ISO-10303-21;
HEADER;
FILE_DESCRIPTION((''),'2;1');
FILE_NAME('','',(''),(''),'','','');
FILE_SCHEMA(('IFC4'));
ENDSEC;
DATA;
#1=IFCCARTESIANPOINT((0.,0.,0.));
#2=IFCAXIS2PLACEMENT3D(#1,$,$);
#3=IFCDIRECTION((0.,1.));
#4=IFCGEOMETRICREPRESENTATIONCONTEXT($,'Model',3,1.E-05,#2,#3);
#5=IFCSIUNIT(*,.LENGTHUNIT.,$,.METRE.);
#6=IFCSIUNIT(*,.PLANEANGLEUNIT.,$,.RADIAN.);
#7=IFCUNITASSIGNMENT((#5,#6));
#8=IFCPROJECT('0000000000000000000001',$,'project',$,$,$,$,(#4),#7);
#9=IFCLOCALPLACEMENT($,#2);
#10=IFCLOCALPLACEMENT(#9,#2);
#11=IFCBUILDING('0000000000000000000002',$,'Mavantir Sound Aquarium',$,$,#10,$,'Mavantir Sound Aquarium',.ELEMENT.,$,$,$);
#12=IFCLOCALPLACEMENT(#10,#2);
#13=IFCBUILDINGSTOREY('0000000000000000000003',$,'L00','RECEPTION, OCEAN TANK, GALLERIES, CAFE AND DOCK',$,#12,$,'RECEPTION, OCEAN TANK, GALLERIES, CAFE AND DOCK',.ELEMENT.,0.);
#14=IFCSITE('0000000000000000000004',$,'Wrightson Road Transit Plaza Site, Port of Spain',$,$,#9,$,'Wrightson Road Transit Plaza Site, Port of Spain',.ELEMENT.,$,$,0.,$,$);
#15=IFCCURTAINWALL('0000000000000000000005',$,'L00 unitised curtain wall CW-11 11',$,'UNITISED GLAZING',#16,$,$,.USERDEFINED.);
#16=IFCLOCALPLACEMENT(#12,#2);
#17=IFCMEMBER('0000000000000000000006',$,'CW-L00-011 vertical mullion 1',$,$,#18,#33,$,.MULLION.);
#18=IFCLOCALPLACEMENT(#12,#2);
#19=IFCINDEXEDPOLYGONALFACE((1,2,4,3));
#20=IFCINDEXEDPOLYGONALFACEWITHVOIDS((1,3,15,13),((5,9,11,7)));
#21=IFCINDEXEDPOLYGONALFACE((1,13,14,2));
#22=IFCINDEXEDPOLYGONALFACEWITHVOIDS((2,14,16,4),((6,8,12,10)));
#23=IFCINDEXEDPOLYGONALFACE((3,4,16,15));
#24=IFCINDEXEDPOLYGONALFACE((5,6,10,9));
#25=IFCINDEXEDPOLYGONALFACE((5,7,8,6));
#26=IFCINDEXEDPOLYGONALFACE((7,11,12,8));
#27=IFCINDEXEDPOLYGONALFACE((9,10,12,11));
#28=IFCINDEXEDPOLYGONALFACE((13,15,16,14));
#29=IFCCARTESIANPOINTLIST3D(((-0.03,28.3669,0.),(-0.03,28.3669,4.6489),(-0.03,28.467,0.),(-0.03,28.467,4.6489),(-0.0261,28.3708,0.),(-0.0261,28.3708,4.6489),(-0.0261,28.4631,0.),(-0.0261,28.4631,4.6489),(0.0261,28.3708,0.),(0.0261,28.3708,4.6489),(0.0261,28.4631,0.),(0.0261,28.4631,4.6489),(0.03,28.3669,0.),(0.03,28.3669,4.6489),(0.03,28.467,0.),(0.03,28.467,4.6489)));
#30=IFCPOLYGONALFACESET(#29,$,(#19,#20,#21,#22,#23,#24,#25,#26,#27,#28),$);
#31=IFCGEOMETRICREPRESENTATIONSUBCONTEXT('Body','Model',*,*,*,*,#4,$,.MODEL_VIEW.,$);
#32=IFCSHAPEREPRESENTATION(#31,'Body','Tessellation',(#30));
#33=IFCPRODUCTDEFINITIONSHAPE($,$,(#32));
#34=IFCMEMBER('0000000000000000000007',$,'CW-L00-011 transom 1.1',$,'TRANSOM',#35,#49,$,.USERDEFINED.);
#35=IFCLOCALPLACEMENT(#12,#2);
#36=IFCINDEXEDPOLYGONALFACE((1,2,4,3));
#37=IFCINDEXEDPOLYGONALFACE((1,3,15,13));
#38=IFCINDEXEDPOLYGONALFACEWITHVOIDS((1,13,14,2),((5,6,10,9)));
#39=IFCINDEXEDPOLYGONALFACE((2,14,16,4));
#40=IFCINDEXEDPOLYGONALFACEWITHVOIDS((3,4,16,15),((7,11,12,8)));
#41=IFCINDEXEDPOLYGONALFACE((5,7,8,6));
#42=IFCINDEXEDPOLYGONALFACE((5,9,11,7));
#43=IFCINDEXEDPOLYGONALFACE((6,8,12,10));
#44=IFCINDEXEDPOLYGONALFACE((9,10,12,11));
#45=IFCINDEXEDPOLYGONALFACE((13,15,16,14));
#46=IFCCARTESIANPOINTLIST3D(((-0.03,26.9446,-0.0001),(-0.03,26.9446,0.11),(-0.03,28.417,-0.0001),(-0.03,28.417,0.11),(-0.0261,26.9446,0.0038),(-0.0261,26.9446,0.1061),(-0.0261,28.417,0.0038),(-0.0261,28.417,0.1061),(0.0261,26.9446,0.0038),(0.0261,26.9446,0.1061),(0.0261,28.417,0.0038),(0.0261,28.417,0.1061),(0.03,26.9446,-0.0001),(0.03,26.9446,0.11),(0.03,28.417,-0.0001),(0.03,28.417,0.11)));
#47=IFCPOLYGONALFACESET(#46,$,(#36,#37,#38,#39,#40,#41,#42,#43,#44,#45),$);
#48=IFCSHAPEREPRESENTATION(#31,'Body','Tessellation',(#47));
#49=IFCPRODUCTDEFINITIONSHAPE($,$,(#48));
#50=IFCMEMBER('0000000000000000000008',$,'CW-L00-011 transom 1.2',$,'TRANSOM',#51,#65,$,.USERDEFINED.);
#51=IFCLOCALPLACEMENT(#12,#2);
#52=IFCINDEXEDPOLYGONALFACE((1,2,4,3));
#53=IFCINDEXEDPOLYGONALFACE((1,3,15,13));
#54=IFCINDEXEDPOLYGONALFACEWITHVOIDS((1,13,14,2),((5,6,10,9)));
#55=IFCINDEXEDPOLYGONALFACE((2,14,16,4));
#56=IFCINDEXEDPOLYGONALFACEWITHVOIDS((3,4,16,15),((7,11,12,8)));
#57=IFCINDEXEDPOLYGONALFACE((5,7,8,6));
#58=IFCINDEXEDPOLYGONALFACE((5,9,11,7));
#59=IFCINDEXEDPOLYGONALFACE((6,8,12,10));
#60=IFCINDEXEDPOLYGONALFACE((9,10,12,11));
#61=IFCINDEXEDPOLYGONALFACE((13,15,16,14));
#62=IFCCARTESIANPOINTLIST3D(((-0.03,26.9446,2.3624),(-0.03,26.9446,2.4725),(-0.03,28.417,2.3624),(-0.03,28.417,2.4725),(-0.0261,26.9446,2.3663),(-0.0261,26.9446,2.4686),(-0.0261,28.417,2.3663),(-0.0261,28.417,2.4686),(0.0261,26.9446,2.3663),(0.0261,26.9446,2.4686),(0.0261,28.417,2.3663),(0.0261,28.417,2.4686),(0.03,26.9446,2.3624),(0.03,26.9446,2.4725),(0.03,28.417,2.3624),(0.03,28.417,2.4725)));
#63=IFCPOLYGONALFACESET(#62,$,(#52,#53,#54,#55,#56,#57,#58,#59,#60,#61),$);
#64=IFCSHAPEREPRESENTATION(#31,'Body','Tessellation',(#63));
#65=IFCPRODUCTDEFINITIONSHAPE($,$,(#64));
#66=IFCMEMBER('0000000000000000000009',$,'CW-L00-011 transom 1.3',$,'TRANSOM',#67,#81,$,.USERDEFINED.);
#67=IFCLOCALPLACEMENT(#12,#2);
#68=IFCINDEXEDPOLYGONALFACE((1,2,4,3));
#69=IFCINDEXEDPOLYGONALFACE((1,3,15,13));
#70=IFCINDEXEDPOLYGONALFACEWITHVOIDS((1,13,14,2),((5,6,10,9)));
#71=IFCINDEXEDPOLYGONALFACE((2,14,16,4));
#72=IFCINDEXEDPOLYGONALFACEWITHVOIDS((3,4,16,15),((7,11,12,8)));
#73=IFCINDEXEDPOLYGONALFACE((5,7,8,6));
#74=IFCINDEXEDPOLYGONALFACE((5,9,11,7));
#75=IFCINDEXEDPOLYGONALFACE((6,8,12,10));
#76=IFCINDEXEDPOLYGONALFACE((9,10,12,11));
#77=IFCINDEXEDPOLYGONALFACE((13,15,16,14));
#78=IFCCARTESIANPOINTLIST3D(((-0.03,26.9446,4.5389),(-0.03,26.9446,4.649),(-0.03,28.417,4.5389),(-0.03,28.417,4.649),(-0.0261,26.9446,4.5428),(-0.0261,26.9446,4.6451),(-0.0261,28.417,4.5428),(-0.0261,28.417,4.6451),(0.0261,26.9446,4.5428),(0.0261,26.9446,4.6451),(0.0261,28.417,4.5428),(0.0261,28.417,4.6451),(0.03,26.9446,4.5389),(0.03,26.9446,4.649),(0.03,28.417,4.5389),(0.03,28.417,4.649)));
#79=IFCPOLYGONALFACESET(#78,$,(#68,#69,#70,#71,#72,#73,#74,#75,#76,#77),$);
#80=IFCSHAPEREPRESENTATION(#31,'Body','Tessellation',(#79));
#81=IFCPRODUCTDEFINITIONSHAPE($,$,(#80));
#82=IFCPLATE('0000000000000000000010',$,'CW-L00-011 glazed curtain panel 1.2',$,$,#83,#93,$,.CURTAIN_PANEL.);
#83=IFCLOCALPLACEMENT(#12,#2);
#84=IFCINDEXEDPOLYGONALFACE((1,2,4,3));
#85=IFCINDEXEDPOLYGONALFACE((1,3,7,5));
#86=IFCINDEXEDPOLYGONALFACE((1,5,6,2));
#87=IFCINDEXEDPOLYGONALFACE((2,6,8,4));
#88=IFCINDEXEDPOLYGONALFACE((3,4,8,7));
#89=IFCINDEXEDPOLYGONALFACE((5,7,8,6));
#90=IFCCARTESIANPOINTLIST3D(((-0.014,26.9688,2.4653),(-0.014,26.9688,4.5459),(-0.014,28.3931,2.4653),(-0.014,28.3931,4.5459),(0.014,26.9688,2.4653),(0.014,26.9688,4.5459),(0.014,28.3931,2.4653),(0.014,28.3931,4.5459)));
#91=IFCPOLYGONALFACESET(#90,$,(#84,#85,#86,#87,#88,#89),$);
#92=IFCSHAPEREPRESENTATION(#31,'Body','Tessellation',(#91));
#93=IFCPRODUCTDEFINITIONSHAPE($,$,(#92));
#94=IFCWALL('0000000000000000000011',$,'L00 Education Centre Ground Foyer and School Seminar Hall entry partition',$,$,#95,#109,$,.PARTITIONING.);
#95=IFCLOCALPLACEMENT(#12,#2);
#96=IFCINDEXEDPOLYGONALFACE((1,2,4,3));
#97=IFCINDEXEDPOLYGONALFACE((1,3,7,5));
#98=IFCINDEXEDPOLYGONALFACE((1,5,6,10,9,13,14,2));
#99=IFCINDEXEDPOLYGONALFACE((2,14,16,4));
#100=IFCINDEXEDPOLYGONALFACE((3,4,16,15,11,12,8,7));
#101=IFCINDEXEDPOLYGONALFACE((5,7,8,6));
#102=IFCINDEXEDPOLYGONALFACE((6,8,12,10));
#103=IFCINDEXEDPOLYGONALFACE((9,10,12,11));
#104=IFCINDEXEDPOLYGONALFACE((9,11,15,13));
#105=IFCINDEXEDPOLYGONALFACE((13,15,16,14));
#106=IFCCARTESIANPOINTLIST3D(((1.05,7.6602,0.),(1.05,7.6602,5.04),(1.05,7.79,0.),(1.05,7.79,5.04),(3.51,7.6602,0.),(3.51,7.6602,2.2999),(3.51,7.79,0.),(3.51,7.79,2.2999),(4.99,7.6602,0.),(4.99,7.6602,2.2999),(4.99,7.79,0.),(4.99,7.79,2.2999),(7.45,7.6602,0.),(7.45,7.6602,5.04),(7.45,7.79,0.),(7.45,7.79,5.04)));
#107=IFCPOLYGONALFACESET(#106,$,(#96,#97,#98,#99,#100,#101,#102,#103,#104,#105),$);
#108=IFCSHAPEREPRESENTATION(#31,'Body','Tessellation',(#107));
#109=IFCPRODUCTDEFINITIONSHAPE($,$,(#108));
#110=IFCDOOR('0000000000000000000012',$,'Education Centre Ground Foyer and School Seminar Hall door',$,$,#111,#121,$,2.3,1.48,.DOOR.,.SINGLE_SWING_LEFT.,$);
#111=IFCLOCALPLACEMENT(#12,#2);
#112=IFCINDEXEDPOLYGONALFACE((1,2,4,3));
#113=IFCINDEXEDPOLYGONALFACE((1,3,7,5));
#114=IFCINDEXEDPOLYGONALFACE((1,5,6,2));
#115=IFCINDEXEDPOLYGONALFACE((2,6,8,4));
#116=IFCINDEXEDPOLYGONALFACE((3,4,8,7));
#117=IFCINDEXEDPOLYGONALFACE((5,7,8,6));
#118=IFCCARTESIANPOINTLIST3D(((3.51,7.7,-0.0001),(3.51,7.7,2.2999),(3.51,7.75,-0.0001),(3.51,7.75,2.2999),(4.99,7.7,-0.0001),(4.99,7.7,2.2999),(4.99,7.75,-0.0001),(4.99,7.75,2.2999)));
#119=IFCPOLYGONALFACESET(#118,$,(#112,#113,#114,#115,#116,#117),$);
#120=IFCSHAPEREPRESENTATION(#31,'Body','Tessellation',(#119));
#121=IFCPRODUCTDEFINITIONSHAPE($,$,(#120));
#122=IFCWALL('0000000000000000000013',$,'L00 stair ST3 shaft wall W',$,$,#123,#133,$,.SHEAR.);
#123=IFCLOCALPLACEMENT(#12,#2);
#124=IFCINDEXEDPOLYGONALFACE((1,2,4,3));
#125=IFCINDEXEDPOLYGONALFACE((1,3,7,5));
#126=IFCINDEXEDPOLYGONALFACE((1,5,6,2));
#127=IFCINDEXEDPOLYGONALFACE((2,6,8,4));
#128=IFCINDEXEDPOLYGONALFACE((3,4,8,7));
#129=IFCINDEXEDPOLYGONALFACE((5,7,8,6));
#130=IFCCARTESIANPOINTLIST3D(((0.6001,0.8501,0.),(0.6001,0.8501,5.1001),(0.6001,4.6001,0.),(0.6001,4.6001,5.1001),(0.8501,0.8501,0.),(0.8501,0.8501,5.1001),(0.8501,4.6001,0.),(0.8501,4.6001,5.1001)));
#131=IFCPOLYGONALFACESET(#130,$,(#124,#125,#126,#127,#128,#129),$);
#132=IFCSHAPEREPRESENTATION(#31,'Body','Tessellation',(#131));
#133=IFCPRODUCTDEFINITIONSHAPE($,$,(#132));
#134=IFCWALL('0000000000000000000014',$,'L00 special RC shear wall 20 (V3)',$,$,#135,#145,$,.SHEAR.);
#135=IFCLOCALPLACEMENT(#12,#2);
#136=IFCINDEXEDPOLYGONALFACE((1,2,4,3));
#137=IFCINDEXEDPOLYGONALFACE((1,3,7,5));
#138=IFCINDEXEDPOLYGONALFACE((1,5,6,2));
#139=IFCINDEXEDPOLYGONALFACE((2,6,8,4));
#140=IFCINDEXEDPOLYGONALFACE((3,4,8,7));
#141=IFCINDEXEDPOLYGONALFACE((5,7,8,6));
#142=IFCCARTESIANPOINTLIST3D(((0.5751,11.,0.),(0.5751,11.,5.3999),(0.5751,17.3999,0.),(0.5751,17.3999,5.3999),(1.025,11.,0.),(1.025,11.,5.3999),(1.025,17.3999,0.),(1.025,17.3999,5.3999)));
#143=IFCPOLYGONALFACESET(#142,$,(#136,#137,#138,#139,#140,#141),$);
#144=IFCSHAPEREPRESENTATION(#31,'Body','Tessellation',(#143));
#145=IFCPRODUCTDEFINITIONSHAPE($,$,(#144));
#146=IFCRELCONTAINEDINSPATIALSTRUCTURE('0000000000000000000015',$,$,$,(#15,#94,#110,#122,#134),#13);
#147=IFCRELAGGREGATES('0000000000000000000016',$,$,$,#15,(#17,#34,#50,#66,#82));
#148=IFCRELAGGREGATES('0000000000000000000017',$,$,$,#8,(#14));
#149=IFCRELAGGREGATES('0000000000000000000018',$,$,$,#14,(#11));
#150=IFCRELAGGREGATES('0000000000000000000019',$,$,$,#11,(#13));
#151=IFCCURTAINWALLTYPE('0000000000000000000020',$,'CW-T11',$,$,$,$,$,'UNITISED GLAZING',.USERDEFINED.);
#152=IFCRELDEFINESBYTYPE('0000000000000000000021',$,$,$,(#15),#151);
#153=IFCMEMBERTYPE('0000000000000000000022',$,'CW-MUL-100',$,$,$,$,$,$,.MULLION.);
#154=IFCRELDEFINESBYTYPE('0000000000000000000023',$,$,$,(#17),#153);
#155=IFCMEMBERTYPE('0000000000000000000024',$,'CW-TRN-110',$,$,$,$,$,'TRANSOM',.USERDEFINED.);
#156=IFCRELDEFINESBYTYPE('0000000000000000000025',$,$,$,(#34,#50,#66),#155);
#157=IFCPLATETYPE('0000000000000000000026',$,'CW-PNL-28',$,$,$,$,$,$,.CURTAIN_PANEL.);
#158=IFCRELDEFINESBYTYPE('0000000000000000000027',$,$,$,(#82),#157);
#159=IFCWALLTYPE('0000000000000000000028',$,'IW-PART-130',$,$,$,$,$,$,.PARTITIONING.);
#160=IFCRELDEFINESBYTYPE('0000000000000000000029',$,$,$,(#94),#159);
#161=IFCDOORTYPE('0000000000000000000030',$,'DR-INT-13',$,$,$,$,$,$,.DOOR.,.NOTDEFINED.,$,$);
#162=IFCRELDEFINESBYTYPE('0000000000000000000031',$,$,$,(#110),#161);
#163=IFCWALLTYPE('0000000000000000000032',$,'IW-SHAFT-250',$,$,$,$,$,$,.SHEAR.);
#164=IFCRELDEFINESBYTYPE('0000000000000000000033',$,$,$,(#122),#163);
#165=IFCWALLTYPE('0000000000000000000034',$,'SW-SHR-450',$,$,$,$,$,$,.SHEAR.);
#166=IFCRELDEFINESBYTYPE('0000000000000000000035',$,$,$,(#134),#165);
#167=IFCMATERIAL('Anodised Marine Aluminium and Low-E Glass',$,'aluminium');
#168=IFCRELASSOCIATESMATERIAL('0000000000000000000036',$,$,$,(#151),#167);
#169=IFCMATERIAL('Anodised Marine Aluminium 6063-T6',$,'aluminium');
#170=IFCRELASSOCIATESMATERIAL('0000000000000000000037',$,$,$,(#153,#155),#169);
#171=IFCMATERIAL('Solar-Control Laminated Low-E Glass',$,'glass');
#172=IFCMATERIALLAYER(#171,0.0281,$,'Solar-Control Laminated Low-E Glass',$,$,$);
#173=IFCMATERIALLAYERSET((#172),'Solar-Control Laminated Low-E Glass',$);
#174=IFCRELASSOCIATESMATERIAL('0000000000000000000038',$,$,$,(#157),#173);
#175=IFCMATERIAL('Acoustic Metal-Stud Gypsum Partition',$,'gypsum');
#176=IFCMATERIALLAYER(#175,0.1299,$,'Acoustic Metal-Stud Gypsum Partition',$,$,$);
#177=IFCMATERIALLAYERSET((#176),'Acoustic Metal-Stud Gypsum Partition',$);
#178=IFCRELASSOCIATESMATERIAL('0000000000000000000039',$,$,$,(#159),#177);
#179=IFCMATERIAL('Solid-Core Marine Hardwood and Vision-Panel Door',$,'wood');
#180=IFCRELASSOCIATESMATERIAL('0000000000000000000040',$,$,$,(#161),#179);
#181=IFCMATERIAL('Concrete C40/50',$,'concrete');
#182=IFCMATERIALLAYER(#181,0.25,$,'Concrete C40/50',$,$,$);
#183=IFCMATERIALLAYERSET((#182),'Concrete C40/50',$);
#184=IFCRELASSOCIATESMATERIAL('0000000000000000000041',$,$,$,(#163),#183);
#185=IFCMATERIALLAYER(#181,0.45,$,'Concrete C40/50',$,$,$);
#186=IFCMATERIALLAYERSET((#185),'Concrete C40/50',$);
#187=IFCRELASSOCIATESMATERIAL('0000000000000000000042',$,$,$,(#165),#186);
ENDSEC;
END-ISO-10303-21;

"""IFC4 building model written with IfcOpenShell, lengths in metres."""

from ifc_helpers import new_model, si_unit, direction, frame, frame_2d, origin, origin_2d, place, context, subcontext, project, spatial, rectangle, hollow_rectangle, extrude, material, layer, layer_set, material_profile, profile_set, type_object, element, fill, aggregate, save


model = new_model("IFC4")

# Units and contexts
model_context = context("Model", 3, precision=1e-05, world=origin(), true_north=direction((0.0, 1.0)))
body_context = subcontext(model_context, "Body", "Model", "MODEL_VIEW")
ifc_project = project(units=[si_unit("LENGTHUNIT", "METRE"), si_unit("PLANEANGLEUNIT", "RADIAN")], contexts=[model_context])

# Site, building, storey
site_placement = place(None, origin())
site = spatial("IfcSite", under=ifc_project, at=site_placement, Name="Wrightson Road Transit Plaza Site, Port of Spain", LongName="Wrightson Road Transit Plaza Site, Port of Spain", CompositionType="ELEMENT", RefElevation=0.0)
building_placement = place(site_placement, origin())
building = spatial("IfcBuilding", under=site, at=building_placement, Name="Mavantir Sound Aquarium", LongName="Mavantir Sound Aquarium", CompositionType="ELEMENT")
storey_placement = place(building_placement, origin())
storey = spatial("IfcBuildingStorey", under=building, at=storey_placement, Name="L00", Description="RECEPTION, OCEAN TANK, GALLERIES, CAFE AND DOCK", LongName="RECEPTION, OCEAN TANK, GALLERIES, CAFE AND DOCK", CompositionType="ELEMENT", Elevation=0.0)

# Shared definitions
ifc_material_1 = material(Name="Concrete C40/50", Category="concrete")

# Curtain wall, members, plate
ifc_material_2 = material(Name="Anodised Marine Aluminium and Low-E Glass", Category="aluminium")
curtain_wall_type = type_object("IfcCurtainWallType", Name="CW-T11", ElementType="UNITISED GLAZING", PredefinedType="USERDEFINED", material=ifc_material_2)
curtain_wall_placement = place(storey_placement, origin())
curtain_wall = element("IfcCurtainWall", 1, at=curtain_wall_placement, inside=storey, type_object=curtain_wall_type, Name="L00 unitised curtain wall CW-11 11", ObjectType="UNITISED GLAZING", PredefinedType="USERDEFINED")
ifc_material_3 = material(Name="Anodised Marine Aluminium 6063-T6", Category="aluminium")
ifc_material_profile_1 = material_profile(ifc_material_3, hollow_rectangle(XDim=0.0601, YDim=0.1001, WallThickness=0.0039, at=origin_2d()), Name="ALU-MULLION-100X60")
ifc_profile_set_1 = profile_set([ifc_material_profile_1], Name="Anodised Marine Aluminium 6063-T6")
member_type_1 = type_object("IfcMemberType", Name="CW-MUL-100", PredefinedType="MULLION", material=ifc_profile_set_1)
member_1_placement = place(storey_placement, frame((0.0, 28.417, 0.0), z_axis=(0.0, 0.0, 1.0), x_axis=(1.0, 0.0, 0.0)))
member_1 = element("IfcMember", 2, at=member_1_placement, type_object=member_type_1, Name="CW-L00-011 vertical mullion 1", PredefinedType="MULLION", context=body_context, shape_type="SweptSolid", body=[
    extrude(hollow_rectangle(XDim=0.0601, YDim=0.1001, WallThickness=0.0039, at=origin_2d()), origin(), (0.0, 0.0, 1.0), 4.6489),
])
ifc_material_profile_2 = material_profile(ifc_material_3, hollow_rectangle(XDim=0.0601, YDim=0.1101, WallThickness=0.0039, at=origin_2d()), Name="ALU-TRANSOM-110X60")
ifc_profile_set_2 = profile_set([ifc_material_profile_2], Name="Anodised Marine Aluminium 6063-T6")
member_type_2 = type_object("IfcMemberType", Name="CW-TRN-110", ElementType="TRANSOM", PredefinedType="USERDEFINED", material=ifc_profile_set_2)
member_2_placement = place(storey_placement, frame((0.0, 28.417, 0.0549), z_axis=(0.0, -1.0, 0.0), x_axis=(1.0, 0.0, 0.0)))
member_2 = element("IfcMember", 3, at=member_2_placement, type_object=member_type_2, Name="CW-L00-011 transom 1.1", ObjectType="TRANSOM", PredefinedType="USERDEFINED", context=body_context, shape_type="SweptSolid", body=[
    extrude(hollow_rectangle(XDim=0.0601, YDim=0.1101, WallThickness=0.0039, at=origin_2d()), origin(), (0.0, 0.0, 1.0), 1.4724),
])
member_3_placement = place(storey_placement, frame((0.0, 28.417, 2.4175), z_axis=(0.0, -1.0, 0.0), x_axis=(1.0, 0.0, 0.0)))
member_3 = element("IfcMember", 4, at=member_3_placement, type_object=member_type_2, Name="CW-L00-011 transom 1.2", ObjectType="TRANSOM", PredefinedType="USERDEFINED", context=body_context, shape_type="SweptSolid", body=[
    extrude(hollow_rectangle(XDim=0.0601, YDim=0.1101, WallThickness=0.0039, at=origin_2d()), origin(), (0.0, 0.0, 1.0), 1.4724),
])
member_4_placement = place(storey_placement, frame((0.0, 28.417, 4.594), z_axis=(0.0, -1.0, 0.0), x_axis=(1.0, 0.0, 0.0)))
member_4 = element("IfcMember", 5, at=member_4_placement, type_object=member_type_2, Name="CW-L00-011 transom 1.3", ObjectType="TRANSOM", PredefinedType="USERDEFINED", context=body_context, shape_type="SweptSolid", body=[
    extrude(hollow_rectangle(XDim=0.0601, YDim=0.1101, WallThickness=0.0039, at=origin_2d()), origin(), (0.0, 0.0, 1.0), 1.4724),
])
ifc_material_4 = material(Name="Solar-Control Laminated Low-E Glass", Category="glass")
ifc_layer_1 = layer(ifc_material_4, 0.0281, Name="Solar-Control Laminated Low-E Glass")
ifc_layer_set_1 = layer_set([ifc_layer_1], Name="Solar-Control Laminated Low-E Glass")
plate_type = type_object("IfcPlateType", Name="CW-PNL-28", PredefinedType="CURTAIN_PANEL", material=ifc_layer_set_1)
plate_placement = place(storey_placement, frame((0.0, 27.6809, 2.4653), z_axis=(0.0, 0.0, 1.0), x_axis=(0.0, -1.0, 0.0)))
plate = element("IfcPlate", 6, at=plate_placement, type_object=plate_type, Name="CW-L00-011 glazed curtain panel 1.2", PredefinedType="CURTAIN_PANEL", context=body_context, shape_type="SweptSolid", body=[
    extrude(rectangle(XDim=1.4243, YDim=0.0281, at=origin_2d()), origin(), (0.0, 0.0, 1.0), 2.0806),
])
aggregate(curtain_wall, [member_1, member_2, member_3, member_4, plate])

# Wall, opening, door
ifc_material_5 = material(Name="Acoustic Metal-Stud Gypsum Partition", Category="gypsum")
ifc_layer_2 = layer(ifc_material_5, 0.1299, Name="Acoustic Metal-Stud Gypsum Partition")
ifc_layer_set_2 = layer_set([ifc_layer_2], Name="Acoustic Metal-Stud Gypsum Partition")
wall_type_1 = type_object("IfcWallType", Name="IW-PART-130", PredefinedType="PARTITIONING", material=ifc_layer_set_2)
wall_1_placement = place(storey_placement, frame((1.05, 7.7251, 0.0), z_axis=(0.0, 0.0, 1.0), x_axis=(1.0, 0.0, 0.0)))
wall_1 = element("IfcWall", 7, at=wall_1_placement, inside=storey, type_object=wall_type_1, Name="L00 Education Centre Ground Foyer and School Seminar Hall entry partition", PredefinedType="PARTITIONING", context=body_context, shape_type="SweptSolid", body=[
    extrude(rectangle(XDim=6.3999, YDim=0.1299, at=frame_2d((3.2, 0.0))), origin(), (0.0, 0.0, 1.0), 5.04),
])
opening_placement = place(wall_1_placement, frame((2.46, 0.0, 0.0)))
opening = element("IfcOpeningElement", 8, at=opening_placement, cuts=wall_1, PredefinedType="OPENING", context=body_context, shape_type="SweptSolid", body=[
    extrude(rectangle(XDim=1.48, YDim=2.3, at=frame_2d((0.74, 1.1499))), frame((0.0, 0.075, 0.0), z_axis=(0.0, -1.0, 0.0), x_axis=(1.0, 0.0, 0.0)), (0.0, 0.0, 1.0), 0.1499),
])
ifc_material_6 = material(Name="Solid-Core Marine Hardwood and Vision-Panel Door", Category="wood")
door_type = type_object("IfcDoorType", Name="DR-INT-13", OperationType="NOTDEFINED", PredefinedType="DOOR", material=ifc_material_6)
door_placement = place(opening_placement, origin())
door = element("IfcDoor", 9, at=door_placement, inside=storey, type_object=door_type, Name="Education Centre Ground Foyer and School Seminar Hall door", OperationType="SINGLE_SWING_LEFT", OverallHeight=2.3, OverallWidth=1.48, PredefinedType="DOOR", context=body_context, shape_type="SweptSolid", body=[
    extrude(rectangle(XDim=1.48, YDim=2.3, at=frame_2d((0.74, 1.1499))), frame((0.0, 0.0249, 0.0), z_axis=(0.0, -1.0, 0.0), x_axis=(1.0, 0.0, 0.0)), (0.0, 0.0, 1.0), 0.05),
])
fill(opening, door)

# Walls
ifc_layer_3 = layer(ifc_material_1, 0.25, Name="Concrete C40/50")
ifc_layer_set_3 = layer_set([ifc_layer_3], Name="Concrete C40/50")
wall_type_2 = type_object("IfcWallType", Name="IW-SHAFT-250", PredefinedType="SHEAR", material=ifc_layer_set_3)
wall_2_placement = place(storey_placement, frame((0.7251, 4.6001, 0.0), z_axis=(0.0, 0.0, 1.0), x_axis=(0.0, -1.0, 0.0)))
element("IfcWall", 10, at=wall_2_placement, inside=storey, type_object=wall_type_2, Name="L00 stair ST3 shaft wall W", PredefinedType="SHEAR", context=body_context, shape_type="SweptSolid", body=[
    extrude(rectangle(XDim=3.75, YDim=0.25, at=frame_2d((1.875, 0.0))), origin(), (0.0, 0.0, 1.0), 5.1001),
])
ifc_layer_4 = layer(ifc_material_1, 0.45, Name="Concrete C40/50")
ifc_layer_set_4 = layer_set([ifc_layer_4], Name="Concrete C40/50")
wall_type_3 = type_object("IfcWallType", Name="SW-SHR-450", PredefinedType="SHEAR", material=ifc_layer_set_4)
wall_3_placement = place(storey_placement, frame((0.8, 11.0, 0.0), z_axis=(0.0, 0.0, 1.0), x_axis=(0.0, 1.0, 0.0)))
element("IfcWall", 11, at=wall_3_placement, inside=storey, type_object=wall_type_3, Name="L00 special RC shear wall 20 (V3)", PredefinedType="SHEAR", context=body_context, shape_type="SweptSolid", body=[
    extrude(rectangle(XDim=6.3999, YDim=0.45, at=frame_2d((3.2, 0.0))), origin(), (0.0, 0.0, 1.0), 5.3999),
])

save(model, "model.ifc")
